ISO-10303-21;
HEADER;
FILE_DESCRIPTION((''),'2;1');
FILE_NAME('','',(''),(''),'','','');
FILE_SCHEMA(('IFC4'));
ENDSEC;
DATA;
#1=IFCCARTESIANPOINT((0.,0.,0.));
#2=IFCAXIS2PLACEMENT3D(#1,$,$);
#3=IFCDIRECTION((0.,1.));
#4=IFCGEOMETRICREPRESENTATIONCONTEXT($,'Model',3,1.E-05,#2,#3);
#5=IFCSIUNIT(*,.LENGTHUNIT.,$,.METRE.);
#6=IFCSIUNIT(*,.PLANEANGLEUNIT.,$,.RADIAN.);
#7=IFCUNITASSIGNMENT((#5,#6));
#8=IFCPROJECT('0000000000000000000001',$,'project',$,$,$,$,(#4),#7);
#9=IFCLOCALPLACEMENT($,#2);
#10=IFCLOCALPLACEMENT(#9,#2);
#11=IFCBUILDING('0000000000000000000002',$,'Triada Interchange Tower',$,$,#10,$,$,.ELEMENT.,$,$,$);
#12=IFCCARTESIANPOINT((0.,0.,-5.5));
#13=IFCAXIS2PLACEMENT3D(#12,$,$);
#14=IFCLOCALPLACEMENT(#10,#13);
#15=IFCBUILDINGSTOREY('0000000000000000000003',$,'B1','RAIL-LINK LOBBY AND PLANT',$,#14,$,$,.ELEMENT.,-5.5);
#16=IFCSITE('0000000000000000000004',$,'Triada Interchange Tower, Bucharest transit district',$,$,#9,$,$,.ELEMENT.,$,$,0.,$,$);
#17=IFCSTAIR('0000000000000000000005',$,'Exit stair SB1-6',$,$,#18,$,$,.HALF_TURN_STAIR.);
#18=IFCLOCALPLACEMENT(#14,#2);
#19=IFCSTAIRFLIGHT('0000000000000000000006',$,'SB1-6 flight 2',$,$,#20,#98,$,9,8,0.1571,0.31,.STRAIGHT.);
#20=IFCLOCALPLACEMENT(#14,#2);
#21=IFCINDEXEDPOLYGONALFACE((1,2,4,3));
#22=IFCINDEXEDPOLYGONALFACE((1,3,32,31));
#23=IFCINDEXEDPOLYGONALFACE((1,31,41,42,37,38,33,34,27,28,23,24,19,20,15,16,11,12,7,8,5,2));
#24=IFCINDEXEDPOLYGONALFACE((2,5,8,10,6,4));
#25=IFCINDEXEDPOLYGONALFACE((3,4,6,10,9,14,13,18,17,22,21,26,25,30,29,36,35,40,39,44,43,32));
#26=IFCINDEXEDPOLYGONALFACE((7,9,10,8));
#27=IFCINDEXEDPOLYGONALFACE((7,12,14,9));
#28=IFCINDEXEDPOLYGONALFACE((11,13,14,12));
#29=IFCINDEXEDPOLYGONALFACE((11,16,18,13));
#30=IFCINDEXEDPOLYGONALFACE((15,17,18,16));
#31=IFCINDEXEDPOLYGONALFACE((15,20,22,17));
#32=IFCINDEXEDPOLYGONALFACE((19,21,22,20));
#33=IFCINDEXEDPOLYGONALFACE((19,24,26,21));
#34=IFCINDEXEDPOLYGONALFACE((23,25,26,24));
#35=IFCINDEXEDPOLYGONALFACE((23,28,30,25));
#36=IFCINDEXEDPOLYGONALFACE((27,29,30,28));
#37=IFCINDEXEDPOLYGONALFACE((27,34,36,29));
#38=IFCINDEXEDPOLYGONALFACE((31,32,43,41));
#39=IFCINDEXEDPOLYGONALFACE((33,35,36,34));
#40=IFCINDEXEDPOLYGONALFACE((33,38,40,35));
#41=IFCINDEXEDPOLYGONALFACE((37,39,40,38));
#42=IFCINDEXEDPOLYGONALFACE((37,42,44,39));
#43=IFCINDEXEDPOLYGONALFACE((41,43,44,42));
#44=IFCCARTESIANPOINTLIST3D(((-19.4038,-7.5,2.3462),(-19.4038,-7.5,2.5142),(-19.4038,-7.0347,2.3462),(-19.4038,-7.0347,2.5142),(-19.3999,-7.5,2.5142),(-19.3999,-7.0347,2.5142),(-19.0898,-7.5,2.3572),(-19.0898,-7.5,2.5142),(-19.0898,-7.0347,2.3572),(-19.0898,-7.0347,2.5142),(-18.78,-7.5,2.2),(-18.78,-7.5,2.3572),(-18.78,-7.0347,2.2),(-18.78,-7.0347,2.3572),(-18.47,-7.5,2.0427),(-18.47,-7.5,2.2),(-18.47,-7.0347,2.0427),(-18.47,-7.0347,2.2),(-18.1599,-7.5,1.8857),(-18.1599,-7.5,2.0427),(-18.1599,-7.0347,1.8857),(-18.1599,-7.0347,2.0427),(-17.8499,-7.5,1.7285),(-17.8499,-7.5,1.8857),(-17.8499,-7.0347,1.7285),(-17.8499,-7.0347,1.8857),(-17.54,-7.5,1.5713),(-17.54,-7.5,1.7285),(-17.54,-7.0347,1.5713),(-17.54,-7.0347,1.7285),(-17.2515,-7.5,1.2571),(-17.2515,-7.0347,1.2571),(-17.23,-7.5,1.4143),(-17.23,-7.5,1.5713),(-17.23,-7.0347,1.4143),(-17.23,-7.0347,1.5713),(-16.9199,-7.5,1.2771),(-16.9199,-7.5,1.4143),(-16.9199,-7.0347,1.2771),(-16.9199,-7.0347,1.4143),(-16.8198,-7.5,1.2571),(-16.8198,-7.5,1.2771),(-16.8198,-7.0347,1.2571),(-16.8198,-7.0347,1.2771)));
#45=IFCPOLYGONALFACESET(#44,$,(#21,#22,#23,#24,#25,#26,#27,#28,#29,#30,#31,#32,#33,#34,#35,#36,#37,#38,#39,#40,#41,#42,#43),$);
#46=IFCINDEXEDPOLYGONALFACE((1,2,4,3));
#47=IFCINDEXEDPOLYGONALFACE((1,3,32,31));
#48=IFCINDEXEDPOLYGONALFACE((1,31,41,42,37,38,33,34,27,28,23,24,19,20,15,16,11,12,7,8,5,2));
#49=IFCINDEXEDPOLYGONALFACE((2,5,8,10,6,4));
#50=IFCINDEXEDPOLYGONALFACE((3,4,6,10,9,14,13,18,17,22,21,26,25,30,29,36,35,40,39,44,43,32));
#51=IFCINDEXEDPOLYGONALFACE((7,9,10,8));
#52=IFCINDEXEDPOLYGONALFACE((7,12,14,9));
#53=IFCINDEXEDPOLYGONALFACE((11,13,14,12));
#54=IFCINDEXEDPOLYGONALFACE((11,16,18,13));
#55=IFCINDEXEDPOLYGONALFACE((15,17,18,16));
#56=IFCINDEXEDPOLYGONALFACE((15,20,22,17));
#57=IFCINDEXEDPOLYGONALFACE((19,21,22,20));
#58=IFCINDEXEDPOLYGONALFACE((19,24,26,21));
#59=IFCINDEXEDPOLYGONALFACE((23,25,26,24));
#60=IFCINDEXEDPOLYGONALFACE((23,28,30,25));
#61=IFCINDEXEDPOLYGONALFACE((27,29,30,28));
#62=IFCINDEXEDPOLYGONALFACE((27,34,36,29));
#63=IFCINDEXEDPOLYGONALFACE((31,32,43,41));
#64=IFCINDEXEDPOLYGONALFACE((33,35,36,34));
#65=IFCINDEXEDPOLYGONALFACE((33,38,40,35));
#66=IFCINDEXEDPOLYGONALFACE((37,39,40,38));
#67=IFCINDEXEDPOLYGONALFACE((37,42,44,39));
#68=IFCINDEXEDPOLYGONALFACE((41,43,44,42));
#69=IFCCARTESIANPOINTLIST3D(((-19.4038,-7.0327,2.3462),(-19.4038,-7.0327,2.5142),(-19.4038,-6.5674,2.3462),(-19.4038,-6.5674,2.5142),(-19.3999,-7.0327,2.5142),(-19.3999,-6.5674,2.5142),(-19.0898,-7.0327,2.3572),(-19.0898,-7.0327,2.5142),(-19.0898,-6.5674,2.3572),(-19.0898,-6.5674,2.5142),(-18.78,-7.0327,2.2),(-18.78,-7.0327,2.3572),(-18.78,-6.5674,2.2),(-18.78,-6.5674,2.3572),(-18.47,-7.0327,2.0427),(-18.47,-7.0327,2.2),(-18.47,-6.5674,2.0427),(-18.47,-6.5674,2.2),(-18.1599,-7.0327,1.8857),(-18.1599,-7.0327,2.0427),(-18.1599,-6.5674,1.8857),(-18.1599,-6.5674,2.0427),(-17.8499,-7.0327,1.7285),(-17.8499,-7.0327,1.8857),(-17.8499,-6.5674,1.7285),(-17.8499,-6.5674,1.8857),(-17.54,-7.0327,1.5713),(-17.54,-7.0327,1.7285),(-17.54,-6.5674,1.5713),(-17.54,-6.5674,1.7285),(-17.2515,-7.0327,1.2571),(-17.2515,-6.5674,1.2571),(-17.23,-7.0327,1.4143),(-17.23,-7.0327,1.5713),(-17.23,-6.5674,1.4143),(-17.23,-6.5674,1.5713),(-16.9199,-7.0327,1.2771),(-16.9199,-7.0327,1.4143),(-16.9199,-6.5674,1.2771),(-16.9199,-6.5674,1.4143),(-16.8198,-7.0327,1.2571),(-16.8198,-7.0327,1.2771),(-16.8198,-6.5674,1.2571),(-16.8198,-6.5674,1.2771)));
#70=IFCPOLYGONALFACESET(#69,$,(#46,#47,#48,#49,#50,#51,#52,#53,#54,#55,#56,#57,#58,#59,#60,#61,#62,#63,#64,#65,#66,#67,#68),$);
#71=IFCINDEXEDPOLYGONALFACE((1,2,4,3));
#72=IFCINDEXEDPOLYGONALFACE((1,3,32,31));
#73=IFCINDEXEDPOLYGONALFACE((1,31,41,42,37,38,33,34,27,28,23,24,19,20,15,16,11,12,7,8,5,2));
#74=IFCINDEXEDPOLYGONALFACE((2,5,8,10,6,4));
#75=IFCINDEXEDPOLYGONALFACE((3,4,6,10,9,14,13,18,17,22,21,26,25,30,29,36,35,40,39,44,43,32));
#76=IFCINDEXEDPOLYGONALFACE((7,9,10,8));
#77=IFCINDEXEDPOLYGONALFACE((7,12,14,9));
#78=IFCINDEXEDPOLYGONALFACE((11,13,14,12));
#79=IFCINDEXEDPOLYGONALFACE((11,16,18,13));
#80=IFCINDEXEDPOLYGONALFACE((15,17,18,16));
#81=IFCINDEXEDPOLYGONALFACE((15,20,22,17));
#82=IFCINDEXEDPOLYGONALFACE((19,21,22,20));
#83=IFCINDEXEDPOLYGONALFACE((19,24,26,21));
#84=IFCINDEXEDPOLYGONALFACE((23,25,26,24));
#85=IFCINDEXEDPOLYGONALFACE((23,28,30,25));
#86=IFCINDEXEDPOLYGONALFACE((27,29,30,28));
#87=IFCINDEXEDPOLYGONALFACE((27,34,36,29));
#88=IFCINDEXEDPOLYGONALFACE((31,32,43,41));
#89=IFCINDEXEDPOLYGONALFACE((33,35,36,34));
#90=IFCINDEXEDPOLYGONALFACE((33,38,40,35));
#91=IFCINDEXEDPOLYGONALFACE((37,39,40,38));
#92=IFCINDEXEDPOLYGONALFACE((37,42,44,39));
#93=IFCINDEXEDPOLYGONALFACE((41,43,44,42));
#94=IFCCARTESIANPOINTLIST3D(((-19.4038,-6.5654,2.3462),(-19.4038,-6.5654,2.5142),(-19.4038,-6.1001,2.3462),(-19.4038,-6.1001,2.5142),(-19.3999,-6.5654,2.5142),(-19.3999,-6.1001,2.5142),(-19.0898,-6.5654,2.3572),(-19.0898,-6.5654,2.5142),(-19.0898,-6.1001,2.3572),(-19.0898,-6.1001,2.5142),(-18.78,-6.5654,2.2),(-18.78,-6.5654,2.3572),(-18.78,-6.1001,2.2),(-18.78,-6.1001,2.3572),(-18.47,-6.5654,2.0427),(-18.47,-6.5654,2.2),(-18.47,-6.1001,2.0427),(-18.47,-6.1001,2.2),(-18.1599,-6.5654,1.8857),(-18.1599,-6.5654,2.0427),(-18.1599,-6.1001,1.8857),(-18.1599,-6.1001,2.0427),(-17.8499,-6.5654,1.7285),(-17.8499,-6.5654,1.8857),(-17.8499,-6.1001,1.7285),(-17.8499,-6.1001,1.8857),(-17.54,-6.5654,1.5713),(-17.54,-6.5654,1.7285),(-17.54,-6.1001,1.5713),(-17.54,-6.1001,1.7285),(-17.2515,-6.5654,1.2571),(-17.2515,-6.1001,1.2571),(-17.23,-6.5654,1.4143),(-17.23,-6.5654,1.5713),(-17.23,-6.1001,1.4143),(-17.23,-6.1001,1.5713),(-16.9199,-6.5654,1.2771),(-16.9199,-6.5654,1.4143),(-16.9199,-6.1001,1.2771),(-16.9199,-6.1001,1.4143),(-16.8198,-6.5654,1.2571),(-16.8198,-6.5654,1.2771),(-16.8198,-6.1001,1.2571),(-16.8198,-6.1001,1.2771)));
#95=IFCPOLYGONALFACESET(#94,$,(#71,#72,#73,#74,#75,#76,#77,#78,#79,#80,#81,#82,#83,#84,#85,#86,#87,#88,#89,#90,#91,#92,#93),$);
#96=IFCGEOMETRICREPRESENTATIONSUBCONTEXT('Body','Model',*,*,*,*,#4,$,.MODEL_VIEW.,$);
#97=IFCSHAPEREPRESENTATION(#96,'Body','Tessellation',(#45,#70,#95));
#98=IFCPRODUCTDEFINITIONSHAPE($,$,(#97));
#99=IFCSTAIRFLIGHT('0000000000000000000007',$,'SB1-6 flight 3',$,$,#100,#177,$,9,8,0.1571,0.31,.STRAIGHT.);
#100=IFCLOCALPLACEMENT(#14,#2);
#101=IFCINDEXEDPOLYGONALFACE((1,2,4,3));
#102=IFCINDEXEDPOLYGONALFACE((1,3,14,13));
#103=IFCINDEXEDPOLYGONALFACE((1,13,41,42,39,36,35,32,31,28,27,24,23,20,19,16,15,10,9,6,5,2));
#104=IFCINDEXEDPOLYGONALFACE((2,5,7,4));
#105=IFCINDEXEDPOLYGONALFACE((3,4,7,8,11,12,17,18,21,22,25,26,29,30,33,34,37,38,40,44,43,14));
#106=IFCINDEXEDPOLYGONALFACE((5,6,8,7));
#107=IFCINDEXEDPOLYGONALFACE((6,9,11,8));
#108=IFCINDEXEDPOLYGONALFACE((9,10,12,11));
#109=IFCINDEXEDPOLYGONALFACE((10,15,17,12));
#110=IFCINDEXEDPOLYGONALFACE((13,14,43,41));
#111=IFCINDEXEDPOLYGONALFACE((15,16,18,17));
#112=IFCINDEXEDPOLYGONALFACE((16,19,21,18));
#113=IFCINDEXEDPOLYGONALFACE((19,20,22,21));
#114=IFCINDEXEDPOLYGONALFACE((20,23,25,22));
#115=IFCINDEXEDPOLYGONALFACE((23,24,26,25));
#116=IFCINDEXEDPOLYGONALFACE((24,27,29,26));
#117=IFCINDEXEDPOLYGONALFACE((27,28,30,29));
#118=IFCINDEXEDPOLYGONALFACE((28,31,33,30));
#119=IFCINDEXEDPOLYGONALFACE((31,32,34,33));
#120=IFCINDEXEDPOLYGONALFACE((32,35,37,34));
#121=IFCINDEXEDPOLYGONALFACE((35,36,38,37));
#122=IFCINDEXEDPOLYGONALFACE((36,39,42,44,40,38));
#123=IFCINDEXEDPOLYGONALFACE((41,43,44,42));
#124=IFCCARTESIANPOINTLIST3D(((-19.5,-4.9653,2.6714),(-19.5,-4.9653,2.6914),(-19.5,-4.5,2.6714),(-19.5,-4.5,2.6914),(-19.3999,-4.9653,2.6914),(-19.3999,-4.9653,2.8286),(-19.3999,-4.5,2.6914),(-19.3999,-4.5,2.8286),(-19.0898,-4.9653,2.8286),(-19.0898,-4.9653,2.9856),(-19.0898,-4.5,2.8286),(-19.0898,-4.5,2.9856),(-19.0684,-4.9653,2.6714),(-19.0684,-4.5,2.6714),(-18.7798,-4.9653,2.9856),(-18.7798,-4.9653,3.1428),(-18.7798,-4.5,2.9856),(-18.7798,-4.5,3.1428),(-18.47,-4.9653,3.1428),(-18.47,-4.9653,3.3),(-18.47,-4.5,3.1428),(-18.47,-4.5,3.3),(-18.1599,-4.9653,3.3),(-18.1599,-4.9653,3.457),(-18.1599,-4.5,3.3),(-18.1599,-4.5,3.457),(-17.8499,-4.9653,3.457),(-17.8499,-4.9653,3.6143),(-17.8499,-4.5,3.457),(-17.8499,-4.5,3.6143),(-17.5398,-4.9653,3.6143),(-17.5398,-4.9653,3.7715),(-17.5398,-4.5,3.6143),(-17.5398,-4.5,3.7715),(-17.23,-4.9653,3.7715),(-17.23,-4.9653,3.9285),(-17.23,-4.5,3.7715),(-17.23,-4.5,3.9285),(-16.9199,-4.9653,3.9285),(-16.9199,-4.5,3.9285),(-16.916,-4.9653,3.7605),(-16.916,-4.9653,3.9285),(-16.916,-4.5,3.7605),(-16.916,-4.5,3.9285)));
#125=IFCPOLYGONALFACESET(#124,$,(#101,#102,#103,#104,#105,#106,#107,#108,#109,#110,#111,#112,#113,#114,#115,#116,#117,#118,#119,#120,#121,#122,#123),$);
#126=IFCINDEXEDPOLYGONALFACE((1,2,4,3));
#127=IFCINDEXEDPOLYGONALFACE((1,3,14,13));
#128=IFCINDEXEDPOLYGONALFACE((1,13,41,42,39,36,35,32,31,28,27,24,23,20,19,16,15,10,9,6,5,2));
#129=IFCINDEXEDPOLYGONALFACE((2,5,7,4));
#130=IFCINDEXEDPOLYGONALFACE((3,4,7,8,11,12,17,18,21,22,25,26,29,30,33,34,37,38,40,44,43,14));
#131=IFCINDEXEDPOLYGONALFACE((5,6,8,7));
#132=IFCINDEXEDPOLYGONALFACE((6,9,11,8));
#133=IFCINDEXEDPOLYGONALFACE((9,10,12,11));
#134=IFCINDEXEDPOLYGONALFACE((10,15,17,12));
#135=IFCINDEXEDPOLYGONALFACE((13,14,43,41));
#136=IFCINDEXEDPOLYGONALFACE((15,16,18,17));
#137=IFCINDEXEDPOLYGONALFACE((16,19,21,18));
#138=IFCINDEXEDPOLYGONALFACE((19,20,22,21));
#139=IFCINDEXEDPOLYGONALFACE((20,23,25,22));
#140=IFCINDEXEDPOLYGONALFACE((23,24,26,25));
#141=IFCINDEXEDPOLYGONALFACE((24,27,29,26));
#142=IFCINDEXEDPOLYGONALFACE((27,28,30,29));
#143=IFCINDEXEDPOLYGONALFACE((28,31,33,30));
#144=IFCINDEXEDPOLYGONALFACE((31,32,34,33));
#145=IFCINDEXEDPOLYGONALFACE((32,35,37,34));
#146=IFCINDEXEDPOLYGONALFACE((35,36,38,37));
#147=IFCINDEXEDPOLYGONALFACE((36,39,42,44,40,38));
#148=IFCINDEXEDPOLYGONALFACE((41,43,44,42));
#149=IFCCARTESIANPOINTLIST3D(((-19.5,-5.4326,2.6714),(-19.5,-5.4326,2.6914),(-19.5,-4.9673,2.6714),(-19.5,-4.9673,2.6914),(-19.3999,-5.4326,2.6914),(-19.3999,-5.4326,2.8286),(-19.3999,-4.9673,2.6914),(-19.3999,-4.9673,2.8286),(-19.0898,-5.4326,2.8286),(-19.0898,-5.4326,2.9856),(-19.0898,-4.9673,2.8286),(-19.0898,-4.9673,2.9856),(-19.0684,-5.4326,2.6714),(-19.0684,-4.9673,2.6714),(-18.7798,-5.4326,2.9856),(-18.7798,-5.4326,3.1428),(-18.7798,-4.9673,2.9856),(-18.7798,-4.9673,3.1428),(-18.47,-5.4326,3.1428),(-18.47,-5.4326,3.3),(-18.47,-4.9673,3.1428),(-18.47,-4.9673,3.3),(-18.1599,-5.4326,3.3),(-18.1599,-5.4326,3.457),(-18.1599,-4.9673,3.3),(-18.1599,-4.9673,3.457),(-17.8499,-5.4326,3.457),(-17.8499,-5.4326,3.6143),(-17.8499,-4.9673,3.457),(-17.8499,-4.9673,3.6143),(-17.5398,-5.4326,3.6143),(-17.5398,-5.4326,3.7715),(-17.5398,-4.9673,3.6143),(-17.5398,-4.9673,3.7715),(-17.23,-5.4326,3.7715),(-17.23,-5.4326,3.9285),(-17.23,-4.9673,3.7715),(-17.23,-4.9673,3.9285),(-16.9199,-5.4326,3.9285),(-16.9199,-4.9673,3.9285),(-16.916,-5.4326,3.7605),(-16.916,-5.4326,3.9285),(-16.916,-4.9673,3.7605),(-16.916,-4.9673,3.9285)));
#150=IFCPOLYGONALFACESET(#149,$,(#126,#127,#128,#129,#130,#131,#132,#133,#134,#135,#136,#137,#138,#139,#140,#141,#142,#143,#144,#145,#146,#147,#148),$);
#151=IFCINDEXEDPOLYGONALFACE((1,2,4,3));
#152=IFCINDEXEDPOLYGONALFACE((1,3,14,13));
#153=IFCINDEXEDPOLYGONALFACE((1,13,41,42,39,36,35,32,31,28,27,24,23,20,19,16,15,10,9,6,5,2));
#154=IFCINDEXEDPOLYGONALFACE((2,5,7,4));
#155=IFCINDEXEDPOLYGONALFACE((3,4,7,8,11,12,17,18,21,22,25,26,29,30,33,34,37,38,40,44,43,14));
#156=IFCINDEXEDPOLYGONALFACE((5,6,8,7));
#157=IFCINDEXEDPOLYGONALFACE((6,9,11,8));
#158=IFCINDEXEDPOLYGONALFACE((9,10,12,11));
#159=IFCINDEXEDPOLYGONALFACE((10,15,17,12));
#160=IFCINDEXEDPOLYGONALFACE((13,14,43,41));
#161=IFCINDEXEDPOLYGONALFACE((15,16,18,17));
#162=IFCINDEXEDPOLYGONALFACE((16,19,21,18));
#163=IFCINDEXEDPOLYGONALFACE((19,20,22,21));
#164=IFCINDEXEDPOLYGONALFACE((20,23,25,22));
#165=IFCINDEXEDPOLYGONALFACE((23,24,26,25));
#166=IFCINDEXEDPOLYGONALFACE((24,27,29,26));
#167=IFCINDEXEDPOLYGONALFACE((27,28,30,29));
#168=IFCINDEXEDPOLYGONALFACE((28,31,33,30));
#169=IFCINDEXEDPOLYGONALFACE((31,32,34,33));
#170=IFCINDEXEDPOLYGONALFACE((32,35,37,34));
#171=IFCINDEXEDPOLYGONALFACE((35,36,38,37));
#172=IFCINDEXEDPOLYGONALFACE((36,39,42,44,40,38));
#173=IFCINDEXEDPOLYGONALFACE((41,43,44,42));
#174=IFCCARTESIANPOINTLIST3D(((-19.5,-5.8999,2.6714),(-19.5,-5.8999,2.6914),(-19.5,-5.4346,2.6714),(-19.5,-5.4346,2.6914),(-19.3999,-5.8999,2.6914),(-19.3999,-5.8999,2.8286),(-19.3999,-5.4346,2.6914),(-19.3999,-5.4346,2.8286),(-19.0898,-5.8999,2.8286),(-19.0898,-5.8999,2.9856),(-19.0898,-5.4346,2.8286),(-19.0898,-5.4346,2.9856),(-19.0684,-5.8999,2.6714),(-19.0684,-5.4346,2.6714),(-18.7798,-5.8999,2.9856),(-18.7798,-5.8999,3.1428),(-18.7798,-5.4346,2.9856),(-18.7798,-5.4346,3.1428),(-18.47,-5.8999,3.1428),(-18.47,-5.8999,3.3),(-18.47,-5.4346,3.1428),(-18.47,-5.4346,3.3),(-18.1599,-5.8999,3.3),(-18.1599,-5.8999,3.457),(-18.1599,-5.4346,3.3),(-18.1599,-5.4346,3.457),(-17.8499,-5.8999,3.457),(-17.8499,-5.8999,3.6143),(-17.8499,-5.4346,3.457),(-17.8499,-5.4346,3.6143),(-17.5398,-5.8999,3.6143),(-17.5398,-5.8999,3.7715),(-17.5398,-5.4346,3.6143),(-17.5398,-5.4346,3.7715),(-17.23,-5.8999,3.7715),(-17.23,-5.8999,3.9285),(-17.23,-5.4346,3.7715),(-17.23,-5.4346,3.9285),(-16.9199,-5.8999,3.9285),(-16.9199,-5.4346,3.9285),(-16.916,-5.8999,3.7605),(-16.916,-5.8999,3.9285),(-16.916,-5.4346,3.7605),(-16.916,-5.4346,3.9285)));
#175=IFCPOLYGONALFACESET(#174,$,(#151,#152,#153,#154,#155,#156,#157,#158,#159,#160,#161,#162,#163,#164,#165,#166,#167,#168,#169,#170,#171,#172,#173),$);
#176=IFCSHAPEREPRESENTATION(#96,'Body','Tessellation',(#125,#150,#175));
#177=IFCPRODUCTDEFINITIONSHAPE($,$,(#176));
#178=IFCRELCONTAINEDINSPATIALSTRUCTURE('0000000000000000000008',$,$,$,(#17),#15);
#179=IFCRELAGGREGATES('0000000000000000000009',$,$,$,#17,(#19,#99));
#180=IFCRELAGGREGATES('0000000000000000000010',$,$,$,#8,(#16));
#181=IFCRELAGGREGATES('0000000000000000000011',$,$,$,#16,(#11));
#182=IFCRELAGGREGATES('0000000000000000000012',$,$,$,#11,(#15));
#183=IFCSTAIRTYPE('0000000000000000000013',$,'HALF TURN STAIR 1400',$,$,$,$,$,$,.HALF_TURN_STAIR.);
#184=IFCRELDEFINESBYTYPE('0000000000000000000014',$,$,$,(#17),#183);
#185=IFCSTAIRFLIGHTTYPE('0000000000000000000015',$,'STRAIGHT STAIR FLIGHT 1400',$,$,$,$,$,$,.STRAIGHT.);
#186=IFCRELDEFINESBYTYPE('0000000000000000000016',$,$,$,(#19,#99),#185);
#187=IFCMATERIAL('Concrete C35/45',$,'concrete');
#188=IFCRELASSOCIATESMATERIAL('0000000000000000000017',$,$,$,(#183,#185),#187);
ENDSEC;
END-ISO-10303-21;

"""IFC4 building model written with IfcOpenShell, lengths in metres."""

from ifc_helpers import new_model, si_unit, direction, frame, origin, place, context, subcontext, project, spatial, polyline, outline, extrude, material, type_object, element, aggregate, save


model = new_model("IFC4")

# Units and contexts
model_context = context("Model", 3, precision=1e-05, world=origin(), true_north=direction((0.0, 1.0)))
body_context = subcontext(model_context, "Body", "Model", "MODEL_VIEW")
ifc_project = project(units=[si_unit("LENGTHUNIT", "METRE"), si_unit("PLANEANGLEUNIT", "RADIAN")], contexts=[model_context])

# Site, building, storey
site_placement = place(None, origin())
site = spatial("IfcSite", under=ifc_project, at=site_placement, Name="Triada Interchange Tower, Bucharest transit district", CompositionType="ELEMENT", RefElevation=0.0)
building_placement = place(site_placement, origin())
building = spatial("IfcBuilding", under=site, at=building_placement, Name="Triada Interchange Tower", CompositionType="ELEMENT")
storey_placement = place(building_placement, frame((0.0, 0.0, -5.5)))
storey = spatial("IfcBuildingStorey", under=building, at=storey_placement, Name="B1", Description="RAIL-LINK LOBBY AND PLANT", CompositionType="ELEMENT", Elevation=-5.5)

# Stair, stair flights
ifc_material_1 = material(Name="Concrete C35/45", Category="concrete")
stair_type = type_object("IfcStairType", Name="HALF TURN STAIR 1400", PredefinedType="HALF_TURN_STAIR", material=ifc_material_1)
stair_placement = place(storey_placement, origin())
stair = element("IfcStair", 1, at=stair_placement, inside=storey, type_object=stair_type, Name="Exit stair SB1-6", PredefinedType="HALF_TURN_STAIR")
stair_flight_type = type_object("IfcStairFlightType", Name="STRAIGHT STAIR FLIGHT 1400", PredefinedType="STRAIGHT", material=ifc_material_1)
stair_flight_1_placement = place(storey_placement, frame((-16.9199, -6.8, 1.2571), z_axis=(0.0, 0.0, 1.0), x_axis=(-1.0, 0.0, 0.0)))
stair_flight_1 = element("IfcStairFlight", 2, at=stair_flight_1_placement, type_object=stair_flight_type, Name="SB1-6 flight 2", NumberOfRisers=9, NumberOfTreads=8, PredefinedType="STRAIGHT", RiserHeight=0.1571, TreadLength=0.31, context=body_context, shape_type="SweptSolid", body=[
    extrude(outline(polyline([(-0.1001, 0.0), (-0.1001, 0.02), (0.0, 0.02), (0.0, 0.1572), (0.3101, 0.1572), (0.3101, 0.3142), (0.6201, 0.3142), (0.6201, 0.4714), (0.9299, 0.4714), (0.9299, 0.6287), (1.24, 0.6287), (1.24, 0.7856), (1.55, 0.7856), (1.55, 0.9429), (1.8601, 0.9429), (1.8601, 1.1001), (2.1699, 1.1001), (2.1699, 1.2571), (2.48, 1.2571), (2.4839, 1.2571), (2.4839, 1.4143), (2.4839, 1.0891), (0.3315, 0.0), (-0.1001, 0.0)])), frame((0.0, 0.7, 0.0), z_axis=(0.0, -1.0, 0.0), x_axis=(1.0, 0.0, 0.0)), (0.0, 0.0, 1.0), 0.4653),
    extrude(outline(polyline([(-0.1001, 0.0), (-0.1001, 0.02), (0.0, 0.02), (0.0, 0.1572), (0.3101, 0.1572), (0.3101, 0.3142), (0.6201, 0.3142), (0.6201, 0.4714), (0.9299, 0.4714), (0.9299, 0.6287), (1.24, 0.6287), (1.24, 0.7856), (1.55, 0.7856), (1.55, 0.9429), (1.8601, 0.9429), (1.8601, 1.1001), (2.1699, 1.1001), (2.1699, 1.2571), (2.48, 1.2571), (2.4839, 1.2571), (2.4839, 1.4143), (2.4839, 1.0891), (0.3315, 0.0), (-0.1001, 0.0)])), frame((0.0, 0.2327, 0.0), z_axis=(0.0, -1.0, 0.0), x_axis=(1.0, 0.0, 0.0)), (0.0, 0.0, 1.0), 0.4653),
    extrude(outline(polyline([(-0.1001, 0.0), (-0.1001, 0.02), (0.0, 0.02), (0.0, 0.1572), (0.3101, 0.1572), (0.3101, 0.3142), (0.6201, 0.3142), (0.6201, 0.4714), (0.9299, 0.4714), (0.9299, 0.6287), (1.24, 0.6287), (1.24, 0.7856), (1.55, 0.7856), (1.55, 0.9429), (1.8601, 0.9429), (1.8601, 1.1001), (2.1699, 1.1001), (2.1699, 1.2571), (2.48, 1.2571), (2.4839, 1.2571), (2.4839, 1.4143), (2.4839, 1.0891), (0.3315, 0.0), (-0.1001, 0.0)])), frame((0.0, -0.2346, 0.0), z_axis=(0.0, -1.0, 0.0), x_axis=(1.0, 0.0, 0.0)), (0.0, 0.0, 1.0), 0.4653),
])
stair_flight_2_placement = place(storey_placement, frame((-19.3999, -5.2, 2.6714), z_axis=(0.0, 0.0, 1.0), x_axis=(1.0, 0.0, 0.0)))
stair_flight_2 = element("IfcStairFlight", 3, at=stair_flight_2_placement, type_object=stair_flight_type, Name="SB1-6 flight 3", NumberOfRisers=9, NumberOfTreads=8, PredefinedType="STRAIGHT", RiserHeight=0.1571, TreadLength=0.31, context=body_context, shape_type="SweptSolid", body=[
    extrude(outline(polyline([(-0.1001, 0.0), (-0.1001, 0.02), (0.0, 0.02), (0.0, 0.1572), (0.3101, 0.1572), (0.3101, 0.3142), (0.6201, 0.3142), (0.6201, 0.4714), (0.9299, 0.4714), (0.9299, 0.6287), (1.24, 0.6287), (1.24, 0.7856), (1.55, 0.7856), (1.55, 0.9429), (1.8601, 0.9429), (1.8601, 1.1001), (2.1699, 1.1001), (2.1699, 1.2571), (2.48, 1.2571), (2.4839, 1.2571), (2.4839, 1.4143), (2.4839, 1.0891), (0.3315, 0.0), (-0.1001, 0.0)])), frame((0.0, 0.7, 0.0), z_axis=(0.0, -1.0, 0.0), x_axis=(1.0, 0.0, 0.0)), (0.0, 0.0, 1.0), 0.4653),
    extrude(outline(polyline([(-0.1001, 0.0), (-0.1001, 0.02), (0.0, 0.02), (0.0, 0.1572), (0.3101, 0.1572), (0.3101, 0.3142), (0.6201, 0.3142), (0.6201, 0.4714), (0.9299, 0.4714), (0.9299, 0.6287), (1.24, 0.6287), (1.24, 0.7856), (1.55, 0.7856), (1.55, 0.9429), (1.8601, 0.9429), (1.8601, 1.1001), (2.1699, 1.1001), (2.1699, 1.2571), (2.48, 1.2571), (2.4839, 1.2571), (2.4839, 1.4143), (2.4839, 1.0891), (0.3315, 0.0), (-0.1001, 0.0)])), frame((0.0, 0.2327, 0.0), z_axis=(0.0, -1.0, 0.0), x_axis=(1.0, 0.0, 0.0)), (0.0, 0.0, 1.0), 0.4653),
    extrude(outline(polyline([(-0.1001, 0.0), (-0.1001, 0.02), (0.0, 0.02), (0.0, 0.1572), (0.3101, 0.1572), (0.3101, 0.3142), (0.6201, 0.3142), (0.6201, 0.4714), (0.9299, 0.4714), (0.9299, 0.6287), (1.24, 0.6287), (1.24, 0.7856), (1.55, 0.7856), (1.55, 0.9429), (1.8601, 0.9429), (1.8601, 1.1001), (2.1699, 1.1001), (2.1699, 1.2571), (2.48, 1.2571), (2.4839, 1.2571), (2.4839, 1.4143), (2.4839, 1.0891), (0.3315, 0.0), (-0.1001, 0.0)])), frame((0.0, -0.2346, 0.0), z_axis=(0.0, -1.0, 0.0), x_axis=(1.0, 0.0, 0.0)), (0.0, 0.0, 1.0), 0.4653),
])
aggregate(stair, [stair_flight_1, stair_flight_2])

save(model, "model.ifc")
